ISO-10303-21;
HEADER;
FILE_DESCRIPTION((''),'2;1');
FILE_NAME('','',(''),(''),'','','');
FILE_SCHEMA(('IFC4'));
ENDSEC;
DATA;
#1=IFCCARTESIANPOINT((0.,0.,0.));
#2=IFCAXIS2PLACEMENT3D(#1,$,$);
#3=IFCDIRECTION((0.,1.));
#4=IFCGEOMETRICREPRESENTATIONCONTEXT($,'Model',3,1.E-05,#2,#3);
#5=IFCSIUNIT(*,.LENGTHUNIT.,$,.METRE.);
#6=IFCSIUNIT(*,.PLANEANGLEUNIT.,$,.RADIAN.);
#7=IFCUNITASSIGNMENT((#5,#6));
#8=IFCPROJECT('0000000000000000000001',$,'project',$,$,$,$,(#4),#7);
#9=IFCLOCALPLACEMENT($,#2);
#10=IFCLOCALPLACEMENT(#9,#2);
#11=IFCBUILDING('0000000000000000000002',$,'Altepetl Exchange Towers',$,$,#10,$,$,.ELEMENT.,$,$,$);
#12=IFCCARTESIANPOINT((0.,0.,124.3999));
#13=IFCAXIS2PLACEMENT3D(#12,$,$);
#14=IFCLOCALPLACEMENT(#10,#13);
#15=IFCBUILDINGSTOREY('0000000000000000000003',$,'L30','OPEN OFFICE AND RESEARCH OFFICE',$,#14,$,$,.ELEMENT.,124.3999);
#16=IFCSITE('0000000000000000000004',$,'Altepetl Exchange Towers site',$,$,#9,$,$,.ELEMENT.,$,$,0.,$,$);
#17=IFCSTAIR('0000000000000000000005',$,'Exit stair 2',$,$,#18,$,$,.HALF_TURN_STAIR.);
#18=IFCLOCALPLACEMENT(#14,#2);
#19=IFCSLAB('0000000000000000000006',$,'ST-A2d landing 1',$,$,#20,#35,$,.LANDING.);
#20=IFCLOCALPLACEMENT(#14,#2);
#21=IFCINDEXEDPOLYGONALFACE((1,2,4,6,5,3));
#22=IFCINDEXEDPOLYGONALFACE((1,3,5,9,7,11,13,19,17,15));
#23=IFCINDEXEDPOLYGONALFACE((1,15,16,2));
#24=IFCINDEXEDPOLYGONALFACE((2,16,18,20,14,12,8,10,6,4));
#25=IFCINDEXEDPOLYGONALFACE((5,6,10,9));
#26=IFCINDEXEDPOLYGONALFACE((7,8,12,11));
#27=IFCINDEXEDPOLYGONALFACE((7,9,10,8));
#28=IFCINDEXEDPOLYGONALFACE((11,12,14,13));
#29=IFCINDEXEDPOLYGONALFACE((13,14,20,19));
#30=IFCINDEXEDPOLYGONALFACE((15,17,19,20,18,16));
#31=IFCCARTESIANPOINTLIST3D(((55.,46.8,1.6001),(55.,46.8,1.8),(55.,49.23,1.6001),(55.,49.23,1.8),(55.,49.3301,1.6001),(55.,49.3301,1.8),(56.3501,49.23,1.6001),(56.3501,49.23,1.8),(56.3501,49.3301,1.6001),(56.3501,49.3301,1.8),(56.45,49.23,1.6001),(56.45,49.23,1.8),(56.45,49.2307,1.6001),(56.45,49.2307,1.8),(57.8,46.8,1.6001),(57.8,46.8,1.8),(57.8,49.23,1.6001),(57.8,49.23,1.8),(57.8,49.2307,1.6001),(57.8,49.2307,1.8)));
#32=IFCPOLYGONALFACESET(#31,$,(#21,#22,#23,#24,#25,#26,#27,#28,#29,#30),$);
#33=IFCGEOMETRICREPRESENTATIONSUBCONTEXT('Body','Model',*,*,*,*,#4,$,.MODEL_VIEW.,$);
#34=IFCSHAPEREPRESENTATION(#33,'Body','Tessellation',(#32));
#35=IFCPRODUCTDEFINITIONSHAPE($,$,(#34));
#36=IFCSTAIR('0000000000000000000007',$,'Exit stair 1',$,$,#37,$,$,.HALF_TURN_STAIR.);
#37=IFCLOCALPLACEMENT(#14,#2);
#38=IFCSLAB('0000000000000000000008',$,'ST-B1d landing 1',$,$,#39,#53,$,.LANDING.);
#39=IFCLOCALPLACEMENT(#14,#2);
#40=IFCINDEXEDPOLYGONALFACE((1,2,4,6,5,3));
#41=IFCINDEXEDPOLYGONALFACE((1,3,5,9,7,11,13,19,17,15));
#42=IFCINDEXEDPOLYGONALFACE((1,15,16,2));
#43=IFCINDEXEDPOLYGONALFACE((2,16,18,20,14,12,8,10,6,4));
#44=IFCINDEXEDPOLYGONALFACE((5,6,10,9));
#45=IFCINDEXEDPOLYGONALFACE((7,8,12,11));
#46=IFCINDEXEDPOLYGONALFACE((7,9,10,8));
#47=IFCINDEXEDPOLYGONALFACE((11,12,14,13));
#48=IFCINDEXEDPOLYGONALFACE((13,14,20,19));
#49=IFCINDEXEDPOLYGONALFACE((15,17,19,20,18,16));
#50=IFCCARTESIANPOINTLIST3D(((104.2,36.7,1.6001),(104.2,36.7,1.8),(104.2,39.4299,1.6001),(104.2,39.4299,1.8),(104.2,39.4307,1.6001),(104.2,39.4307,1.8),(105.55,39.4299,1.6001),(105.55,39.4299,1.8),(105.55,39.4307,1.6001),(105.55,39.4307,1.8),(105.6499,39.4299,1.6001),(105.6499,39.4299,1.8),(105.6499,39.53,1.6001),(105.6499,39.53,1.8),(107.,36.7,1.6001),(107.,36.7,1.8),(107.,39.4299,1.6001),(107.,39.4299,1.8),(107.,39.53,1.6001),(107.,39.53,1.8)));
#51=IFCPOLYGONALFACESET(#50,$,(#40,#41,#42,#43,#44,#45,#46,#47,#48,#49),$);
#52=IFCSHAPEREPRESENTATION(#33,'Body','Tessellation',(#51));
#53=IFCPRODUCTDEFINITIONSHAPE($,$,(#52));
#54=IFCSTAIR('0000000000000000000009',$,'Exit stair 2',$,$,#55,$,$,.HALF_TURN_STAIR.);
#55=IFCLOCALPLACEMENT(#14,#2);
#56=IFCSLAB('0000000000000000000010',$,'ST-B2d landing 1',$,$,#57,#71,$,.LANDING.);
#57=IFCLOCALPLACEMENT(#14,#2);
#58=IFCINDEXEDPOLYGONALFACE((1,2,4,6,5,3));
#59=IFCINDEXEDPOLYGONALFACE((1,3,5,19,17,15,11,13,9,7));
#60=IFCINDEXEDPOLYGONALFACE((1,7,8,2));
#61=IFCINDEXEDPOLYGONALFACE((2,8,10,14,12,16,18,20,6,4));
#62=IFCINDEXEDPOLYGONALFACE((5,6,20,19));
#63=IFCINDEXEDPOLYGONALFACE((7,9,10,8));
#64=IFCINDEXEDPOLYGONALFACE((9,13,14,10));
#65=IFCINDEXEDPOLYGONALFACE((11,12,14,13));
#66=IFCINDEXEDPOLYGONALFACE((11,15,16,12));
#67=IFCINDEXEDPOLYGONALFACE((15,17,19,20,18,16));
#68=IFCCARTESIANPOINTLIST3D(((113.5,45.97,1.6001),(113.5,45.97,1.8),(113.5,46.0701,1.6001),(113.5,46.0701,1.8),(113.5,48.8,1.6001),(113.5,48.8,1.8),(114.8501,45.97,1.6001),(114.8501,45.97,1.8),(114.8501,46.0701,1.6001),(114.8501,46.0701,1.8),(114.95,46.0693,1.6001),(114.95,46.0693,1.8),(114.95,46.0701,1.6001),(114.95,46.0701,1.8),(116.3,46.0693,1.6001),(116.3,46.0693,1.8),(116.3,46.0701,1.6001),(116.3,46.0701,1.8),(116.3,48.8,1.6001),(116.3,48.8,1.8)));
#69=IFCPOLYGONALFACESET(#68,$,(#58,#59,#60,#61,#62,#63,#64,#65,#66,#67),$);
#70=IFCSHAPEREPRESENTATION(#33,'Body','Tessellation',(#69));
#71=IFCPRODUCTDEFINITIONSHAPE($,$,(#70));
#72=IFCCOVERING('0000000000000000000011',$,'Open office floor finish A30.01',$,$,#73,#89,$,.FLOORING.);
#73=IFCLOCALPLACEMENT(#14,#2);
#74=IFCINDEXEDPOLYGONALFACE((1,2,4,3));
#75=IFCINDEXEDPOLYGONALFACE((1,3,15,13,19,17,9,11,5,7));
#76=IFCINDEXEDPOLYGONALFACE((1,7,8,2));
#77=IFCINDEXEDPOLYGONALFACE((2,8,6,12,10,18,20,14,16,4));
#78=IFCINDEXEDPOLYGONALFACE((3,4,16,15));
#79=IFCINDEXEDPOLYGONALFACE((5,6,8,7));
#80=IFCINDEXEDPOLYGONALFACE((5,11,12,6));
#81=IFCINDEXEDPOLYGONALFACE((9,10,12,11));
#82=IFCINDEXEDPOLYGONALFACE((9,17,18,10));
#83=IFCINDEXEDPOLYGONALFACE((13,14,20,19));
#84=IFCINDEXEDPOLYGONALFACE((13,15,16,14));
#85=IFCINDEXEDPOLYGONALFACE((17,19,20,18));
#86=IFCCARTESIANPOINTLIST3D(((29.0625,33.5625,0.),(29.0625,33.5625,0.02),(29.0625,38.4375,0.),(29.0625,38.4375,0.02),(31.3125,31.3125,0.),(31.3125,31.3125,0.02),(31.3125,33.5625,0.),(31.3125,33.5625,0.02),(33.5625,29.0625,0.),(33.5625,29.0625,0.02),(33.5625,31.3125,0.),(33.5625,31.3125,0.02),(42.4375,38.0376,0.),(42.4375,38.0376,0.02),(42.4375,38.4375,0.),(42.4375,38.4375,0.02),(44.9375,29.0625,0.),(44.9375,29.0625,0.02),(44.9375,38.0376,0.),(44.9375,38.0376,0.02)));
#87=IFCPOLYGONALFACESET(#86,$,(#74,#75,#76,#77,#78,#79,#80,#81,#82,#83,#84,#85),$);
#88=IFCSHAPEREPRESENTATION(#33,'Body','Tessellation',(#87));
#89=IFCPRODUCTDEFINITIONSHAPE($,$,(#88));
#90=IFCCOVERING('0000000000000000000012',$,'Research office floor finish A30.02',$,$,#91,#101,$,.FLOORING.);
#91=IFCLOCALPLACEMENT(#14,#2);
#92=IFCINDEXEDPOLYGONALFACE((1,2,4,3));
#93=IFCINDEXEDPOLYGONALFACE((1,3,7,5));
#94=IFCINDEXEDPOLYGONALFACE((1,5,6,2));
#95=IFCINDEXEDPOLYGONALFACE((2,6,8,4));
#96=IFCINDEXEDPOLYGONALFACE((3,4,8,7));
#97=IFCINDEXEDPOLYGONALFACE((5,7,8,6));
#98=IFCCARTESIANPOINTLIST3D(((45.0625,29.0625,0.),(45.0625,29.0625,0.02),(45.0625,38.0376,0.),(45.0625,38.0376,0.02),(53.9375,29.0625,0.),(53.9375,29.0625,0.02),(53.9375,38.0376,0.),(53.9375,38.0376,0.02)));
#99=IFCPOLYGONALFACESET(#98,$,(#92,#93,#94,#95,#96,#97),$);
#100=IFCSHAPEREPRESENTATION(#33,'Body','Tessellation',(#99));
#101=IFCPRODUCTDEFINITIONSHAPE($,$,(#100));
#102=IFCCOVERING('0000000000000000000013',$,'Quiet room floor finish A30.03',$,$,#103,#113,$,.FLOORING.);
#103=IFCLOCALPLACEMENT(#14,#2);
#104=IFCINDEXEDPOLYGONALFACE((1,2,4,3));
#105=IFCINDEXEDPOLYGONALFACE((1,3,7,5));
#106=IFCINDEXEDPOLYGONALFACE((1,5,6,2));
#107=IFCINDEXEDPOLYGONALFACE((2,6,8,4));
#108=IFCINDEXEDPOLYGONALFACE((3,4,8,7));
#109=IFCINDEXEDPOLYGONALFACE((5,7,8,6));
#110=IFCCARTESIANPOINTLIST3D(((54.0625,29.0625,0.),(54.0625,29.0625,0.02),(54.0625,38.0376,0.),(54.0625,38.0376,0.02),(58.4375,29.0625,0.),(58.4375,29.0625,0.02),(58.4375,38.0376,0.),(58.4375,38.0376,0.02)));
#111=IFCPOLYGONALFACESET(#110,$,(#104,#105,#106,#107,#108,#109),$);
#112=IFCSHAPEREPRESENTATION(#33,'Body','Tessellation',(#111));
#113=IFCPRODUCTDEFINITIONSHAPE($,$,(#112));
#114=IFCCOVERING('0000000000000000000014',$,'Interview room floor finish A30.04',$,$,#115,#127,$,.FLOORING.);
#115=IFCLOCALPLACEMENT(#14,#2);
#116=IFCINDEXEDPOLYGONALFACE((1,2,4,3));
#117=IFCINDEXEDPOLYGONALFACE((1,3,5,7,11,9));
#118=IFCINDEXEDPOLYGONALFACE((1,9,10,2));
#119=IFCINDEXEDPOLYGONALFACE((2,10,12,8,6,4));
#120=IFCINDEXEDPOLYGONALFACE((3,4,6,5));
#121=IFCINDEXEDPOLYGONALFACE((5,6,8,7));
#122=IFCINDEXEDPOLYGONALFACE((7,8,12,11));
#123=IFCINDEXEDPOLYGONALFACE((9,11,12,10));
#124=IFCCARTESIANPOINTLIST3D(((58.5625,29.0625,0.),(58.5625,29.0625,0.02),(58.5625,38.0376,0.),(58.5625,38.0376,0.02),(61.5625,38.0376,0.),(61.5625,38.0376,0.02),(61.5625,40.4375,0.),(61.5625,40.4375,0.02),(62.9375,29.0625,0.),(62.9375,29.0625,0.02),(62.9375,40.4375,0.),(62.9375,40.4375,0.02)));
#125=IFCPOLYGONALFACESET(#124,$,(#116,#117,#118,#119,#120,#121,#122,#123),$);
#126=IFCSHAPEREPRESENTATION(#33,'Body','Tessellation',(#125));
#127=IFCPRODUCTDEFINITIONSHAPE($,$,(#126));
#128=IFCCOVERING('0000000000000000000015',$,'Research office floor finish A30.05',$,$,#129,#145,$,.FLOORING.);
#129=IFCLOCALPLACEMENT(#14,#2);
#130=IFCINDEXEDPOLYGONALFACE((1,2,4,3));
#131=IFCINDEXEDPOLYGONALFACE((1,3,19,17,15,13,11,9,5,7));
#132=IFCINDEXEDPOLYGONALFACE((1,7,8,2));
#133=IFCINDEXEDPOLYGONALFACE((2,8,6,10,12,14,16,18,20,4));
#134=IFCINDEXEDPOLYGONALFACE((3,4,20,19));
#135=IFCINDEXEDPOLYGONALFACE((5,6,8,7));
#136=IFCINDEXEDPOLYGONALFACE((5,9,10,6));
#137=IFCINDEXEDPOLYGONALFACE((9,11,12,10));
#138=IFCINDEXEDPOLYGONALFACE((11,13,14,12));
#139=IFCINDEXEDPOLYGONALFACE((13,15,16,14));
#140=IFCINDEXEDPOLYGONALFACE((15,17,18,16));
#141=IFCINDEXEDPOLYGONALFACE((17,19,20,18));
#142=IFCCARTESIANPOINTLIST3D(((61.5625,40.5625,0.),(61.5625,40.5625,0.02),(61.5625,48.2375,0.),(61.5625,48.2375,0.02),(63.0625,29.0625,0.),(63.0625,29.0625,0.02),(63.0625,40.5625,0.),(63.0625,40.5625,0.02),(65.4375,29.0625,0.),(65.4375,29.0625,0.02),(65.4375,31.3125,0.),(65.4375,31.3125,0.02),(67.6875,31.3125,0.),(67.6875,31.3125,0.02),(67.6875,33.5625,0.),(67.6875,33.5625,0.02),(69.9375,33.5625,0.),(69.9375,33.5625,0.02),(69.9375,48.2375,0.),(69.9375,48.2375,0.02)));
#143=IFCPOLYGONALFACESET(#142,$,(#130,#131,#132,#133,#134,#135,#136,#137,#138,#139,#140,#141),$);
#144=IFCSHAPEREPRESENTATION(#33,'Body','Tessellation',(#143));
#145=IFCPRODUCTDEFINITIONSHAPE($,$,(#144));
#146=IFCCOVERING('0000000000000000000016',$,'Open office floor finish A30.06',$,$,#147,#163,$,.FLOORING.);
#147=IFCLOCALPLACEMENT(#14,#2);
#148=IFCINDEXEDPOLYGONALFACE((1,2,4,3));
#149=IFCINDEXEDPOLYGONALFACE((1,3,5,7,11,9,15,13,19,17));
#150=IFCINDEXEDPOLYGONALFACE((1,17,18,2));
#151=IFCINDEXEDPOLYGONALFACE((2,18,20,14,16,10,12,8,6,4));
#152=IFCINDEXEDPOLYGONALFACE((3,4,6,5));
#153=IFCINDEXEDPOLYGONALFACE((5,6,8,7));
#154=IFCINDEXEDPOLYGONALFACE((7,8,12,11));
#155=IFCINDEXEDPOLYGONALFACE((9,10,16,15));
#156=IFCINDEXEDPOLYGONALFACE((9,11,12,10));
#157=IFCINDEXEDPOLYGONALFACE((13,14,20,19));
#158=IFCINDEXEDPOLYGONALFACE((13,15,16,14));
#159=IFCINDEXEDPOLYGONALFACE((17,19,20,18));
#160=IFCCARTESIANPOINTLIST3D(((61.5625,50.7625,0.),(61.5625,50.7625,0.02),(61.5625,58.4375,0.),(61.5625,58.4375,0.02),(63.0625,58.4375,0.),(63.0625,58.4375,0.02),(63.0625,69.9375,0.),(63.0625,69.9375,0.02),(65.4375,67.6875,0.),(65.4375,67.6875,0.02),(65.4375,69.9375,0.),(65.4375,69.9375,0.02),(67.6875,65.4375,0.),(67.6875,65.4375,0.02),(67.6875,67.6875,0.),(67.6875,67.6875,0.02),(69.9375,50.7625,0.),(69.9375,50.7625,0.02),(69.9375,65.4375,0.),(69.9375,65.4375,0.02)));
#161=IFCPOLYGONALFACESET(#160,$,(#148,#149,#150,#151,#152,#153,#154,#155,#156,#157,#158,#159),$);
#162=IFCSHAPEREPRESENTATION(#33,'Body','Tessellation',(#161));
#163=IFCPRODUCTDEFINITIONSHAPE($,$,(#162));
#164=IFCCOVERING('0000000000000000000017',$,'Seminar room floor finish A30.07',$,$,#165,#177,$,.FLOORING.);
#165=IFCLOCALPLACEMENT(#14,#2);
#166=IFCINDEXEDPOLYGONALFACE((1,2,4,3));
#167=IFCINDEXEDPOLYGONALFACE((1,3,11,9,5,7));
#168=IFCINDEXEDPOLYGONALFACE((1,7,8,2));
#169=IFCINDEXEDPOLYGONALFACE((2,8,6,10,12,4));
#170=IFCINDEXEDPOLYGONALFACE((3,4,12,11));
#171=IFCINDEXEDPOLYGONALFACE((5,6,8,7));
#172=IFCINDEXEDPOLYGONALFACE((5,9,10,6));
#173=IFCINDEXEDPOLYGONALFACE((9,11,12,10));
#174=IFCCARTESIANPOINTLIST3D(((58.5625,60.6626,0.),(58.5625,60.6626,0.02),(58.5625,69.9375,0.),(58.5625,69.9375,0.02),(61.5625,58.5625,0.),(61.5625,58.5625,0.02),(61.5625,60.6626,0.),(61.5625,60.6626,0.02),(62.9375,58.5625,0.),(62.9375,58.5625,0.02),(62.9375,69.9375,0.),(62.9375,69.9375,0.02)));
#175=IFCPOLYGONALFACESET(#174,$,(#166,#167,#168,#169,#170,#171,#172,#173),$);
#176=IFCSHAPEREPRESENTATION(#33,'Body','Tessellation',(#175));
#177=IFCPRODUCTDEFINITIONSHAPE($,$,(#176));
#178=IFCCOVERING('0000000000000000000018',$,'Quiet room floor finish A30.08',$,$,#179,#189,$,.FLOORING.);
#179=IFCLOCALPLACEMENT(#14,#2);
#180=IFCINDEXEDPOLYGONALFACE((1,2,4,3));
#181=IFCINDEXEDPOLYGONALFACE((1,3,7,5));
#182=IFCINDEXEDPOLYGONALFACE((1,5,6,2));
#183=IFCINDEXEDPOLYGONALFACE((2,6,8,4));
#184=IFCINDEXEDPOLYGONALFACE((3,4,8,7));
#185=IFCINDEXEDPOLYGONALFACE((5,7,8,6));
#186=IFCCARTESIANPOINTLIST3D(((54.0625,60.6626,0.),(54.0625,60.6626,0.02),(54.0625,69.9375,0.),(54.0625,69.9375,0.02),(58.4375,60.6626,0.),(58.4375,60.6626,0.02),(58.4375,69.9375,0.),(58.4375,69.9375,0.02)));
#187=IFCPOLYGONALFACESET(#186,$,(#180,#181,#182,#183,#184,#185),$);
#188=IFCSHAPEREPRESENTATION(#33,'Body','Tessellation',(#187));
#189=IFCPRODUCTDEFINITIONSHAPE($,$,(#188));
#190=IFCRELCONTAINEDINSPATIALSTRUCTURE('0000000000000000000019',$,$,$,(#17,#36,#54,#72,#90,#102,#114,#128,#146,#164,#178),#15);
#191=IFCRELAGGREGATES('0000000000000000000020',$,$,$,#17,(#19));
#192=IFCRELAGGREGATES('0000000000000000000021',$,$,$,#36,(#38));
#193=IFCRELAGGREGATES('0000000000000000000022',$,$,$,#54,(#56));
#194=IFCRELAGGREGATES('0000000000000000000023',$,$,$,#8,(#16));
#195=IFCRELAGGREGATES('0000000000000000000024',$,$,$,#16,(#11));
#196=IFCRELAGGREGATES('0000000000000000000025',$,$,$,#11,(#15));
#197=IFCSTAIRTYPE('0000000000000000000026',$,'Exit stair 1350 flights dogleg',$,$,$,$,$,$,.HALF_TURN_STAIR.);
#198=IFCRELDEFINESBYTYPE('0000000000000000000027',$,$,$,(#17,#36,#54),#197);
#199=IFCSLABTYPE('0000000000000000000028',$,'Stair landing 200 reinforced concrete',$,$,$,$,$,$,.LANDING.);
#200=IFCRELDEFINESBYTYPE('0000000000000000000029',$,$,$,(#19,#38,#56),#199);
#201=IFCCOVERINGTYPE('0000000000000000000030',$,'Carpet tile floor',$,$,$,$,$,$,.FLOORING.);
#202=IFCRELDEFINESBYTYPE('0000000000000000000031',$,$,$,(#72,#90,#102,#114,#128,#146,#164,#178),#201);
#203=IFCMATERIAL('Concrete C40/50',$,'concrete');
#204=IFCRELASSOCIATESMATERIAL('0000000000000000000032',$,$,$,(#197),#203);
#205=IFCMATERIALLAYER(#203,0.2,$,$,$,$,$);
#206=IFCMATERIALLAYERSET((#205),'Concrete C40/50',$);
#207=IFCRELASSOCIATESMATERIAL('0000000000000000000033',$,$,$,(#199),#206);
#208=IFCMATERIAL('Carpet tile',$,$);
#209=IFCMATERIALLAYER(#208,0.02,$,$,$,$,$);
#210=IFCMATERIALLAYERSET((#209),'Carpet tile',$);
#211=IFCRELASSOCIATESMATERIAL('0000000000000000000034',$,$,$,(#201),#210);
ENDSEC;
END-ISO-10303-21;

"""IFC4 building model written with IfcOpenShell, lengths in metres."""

from ifc_helpers import new_model, si_unit, direction, frame, origin, place, context, subcontext, project, spatial, polyline, outline, extrude, material, layer, layer_set, type_object, element, aggregate, save


model = new_model("IFC4")

# Units and contexts
model_context = context("Model", 3, precision=1e-05, world=origin(), true_north=direction((0.0, 1.0)))
body_context = subcontext(model_context, "Body", "Model", "MODEL_VIEW")
ifc_project = project(units=[si_unit("LENGTHUNIT", "METRE"), si_unit("PLANEANGLEUNIT", "RADIAN")], contexts=[model_context])

# Site, building, storey
site_placement = place(None, origin())
site = spatial("IfcSite", under=ifc_project, at=site_placement, Name="Altepetl Exchange Towers site", CompositionType="ELEMENT", RefElevation=0.0)
building_placement = place(site_placement, origin())
building = spatial("IfcBuilding", under=site, at=building_placement, Name="Altepetl Exchange Towers", CompositionType="ELEMENT")
storey_placement = place(building_placement, frame((0.0, 0.0, 124.3999)))
storey = spatial("IfcBuildingStorey", under=building, at=storey_placement, Name="L30", Description="OPEN OFFICE AND RESEARCH OFFICE", CompositionType="ELEMENT", Elevation=124.3999)

# Shared definitions
ifc_material_1 = material(Name="Concrete C40/50", Category="concrete")

# Stairs, slabs
stair_type = type_object("IfcStairType", Name="Exit stair 1350 flights dogleg", PredefinedType="HALF_TURN_STAIR", material=ifc_material_1)
ifc_layer_1 = layer(ifc_material_1, 0.2)
ifc_layer_set_1 = layer_set([ifc_layer_1], Name="Concrete C40/50")
slab_type_1 = type_object("IfcSlabType", Name="Stair landing 200 reinforced concrete", PredefinedType="LANDING", material=ifc_layer_set_1)
stair_1_placement = place(storey_placement, origin())
stair_1 = element("IfcStair", 1, at=stair_1_placement, inside=storey, type_object=stair_type, Name="Exit stair 2", PredefinedType="HALF_TURN_STAIR")
slab_1_placement = place(storey_placement, frame((0.0, 0.0, 1.6001)))
slab_1 = element("IfcSlab", 2, at=slab_1_placement, type_object=slab_type_1, Name="ST-A2d landing 1", PredefinedType="LANDING", context=body_context, shape_type="SweptSolid", body=[
    extrude(outline(polyline([(57.8, 46.8), (55.0, 46.8), (55.0, 49.23), (55.0, 49.3301), (56.3501, 49.3301), (56.3501, 49.23), (56.45, 49.23), (56.45, 49.2307), (57.8, 49.2307), (57.8, 49.23), (57.8, 46.8)])), origin(), (0.0, 0.0, 1.0), 0.2),
])
aggregate(stair_1, [slab_1])
stair_2_placement = place(storey_placement, origin())
stair_2 = element("IfcStair", 3, at=stair_2_placement, inside=storey, type_object=stair_type, Name="Exit stair 1", PredefinedType="HALF_TURN_STAIR")
slab_2_placement = place(storey_placement, frame((0.0, 0.0, 1.6001)))
slab_2 = element("IfcSlab", 4, at=slab_2_placement, type_object=slab_type_1, Name="ST-B1d landing 1", PredefinedType="LANDING", context=body_context, shape_type="SweptSolid", body=[
    extrude(outline(polyline([(107.0, 36.7), (104.2, 36.7), (104.2, 39.4299), (104.2, 39.4307), (105.55, 39.4307), (105.55, 39.4299), (105.6499, 39.4299), (105.6499, 39.53), (107.0, 39.53), (107.0, 39.4299), (107.0, 36.7)])), origin(), (0.0, 0.0, 1.0), 0.2),
])
aggregate(stair_2, [slab_2])
stair_3_placement = place(storey_placement, origin())
stair_3 = element("IfcStair", 5, at=stair_3_placement, inside=storey, type_object=stair_type, Name="Exit stair 2", PredefinedType="HALF_TURN_STAIR")
slab_3_placement = place(storey_placement, frame((0.0, 0.0, 1.6001)))
slab_3 = element("IfcSlab", 6, at=slab_3_placement, type_object=slab_type_1, Name="ST-B2d landing 1", PredefinedType="LANDING", context=body_context, shape_type="SweptSolid", body=[
    extrude(outline(polyline([(114.8501, 45.97), (113.5, 45.97), (113.5, 46.0701), (113.5, 48.8), (116.3, 48.8), (116.3, 46.0701), (116.3, 46.0693), (114.95, 46.0693), (114.95, 46.0701), (114.8501, 46.0701), (114.8501, 45.97)])), origin(), (0.0, 0.0, 1.0), 0.2),
])
aggregate(stair_3, [slab_3])

# Coverings
ifc_material_2 = material(Name="Carpet tile")
ifc_layer_2 = layer(ifc_material_2, 0.02)
ifc_layer_set_2 = layer_set([ifc_layer_2], Name="Carpet tile")
covering_type_1 = type_object("IfcCoveringType", Name="Carpet tile floor", PredefinedType="FLOORING", material=ifc_layer_set_2)
covering_1_placement = place(storey_placement, origin())
element("IfcCovering", 7, at=covering_1_placement, inside=storey, type_object=covering_type_1, Name="Open office floor finish A30.01", PredefinedType="FLOORING", context=body_context, shape_type="SweptSolid", body=[
    extrude(outline(polyline([(33.5625, 29.0625), (44.9375, 29.0625), (44.9375, 38.0376), (42.4375, 38.0376), (42.4375, 38.4375), (29.0625, 38.4375), (29.0625, 33.5625), (31.3125, 33.5625), (31.3125, 31.3125), (33.5625, 31.3125), (33.5625, 29.0625)])), origin(), (0.0, 0.0, 1.0), 0.02),
])
covering_2_placement = place(storey_placement, origin())
element("IfcCovering", 8, at=covering_2_placement, inside=storey, type_object=covering_type_1, Name="Research office floor finish A30.02", PredefinedType="FLOORING", context=body_context, shape_type="SweptSolid", body=[
    extrude(outline(polyline([(53.9375, 29.0625), (53.9375, 38.0376), (45.0625, 38.0376), (45.0625, 29.0625), (53.9375, 29.0625)])), origin(), (0.0, 0.0, 1.0), 0.02),
])
covering_3_placement = place(storey_placement, origin())
element("IfcCovering", 9, at=covering_3_placement, inside=storey, type_object=covering_type_1, Name="Quiet room floor finish A30.03", PredefinedType="FLOORING", context=body_context, shape_type="SweptSolid", body=[
    extrude(outline(polyline([(58.4375, 29.0625), (58.4375, 38.0376), (54.0625, 38.0376), (54.0625, 29.0625), (58.4375, 29.0625)])), origin(), (0.0, 0.0, 1.0), 0.02),
])
covering_4_placement = place(storey_placement, origin())
element("IfcCovering", 10, at=covering_4_placement, inside=storey, type_object=covering_type_1, Name="Interview room floor finish A30.04", PredefinedType="FLOORING", context=body_context, shape_type="SweptSolid", body=[
    extrude(outline(polyline([(62.9375, 29.0625), (62.9375, 40.4375), (61.5625, 40.4375), (61.5625, 38.0376), (58.5625, 38.0376), (58.5625, 29.0625), (62.9375, 29.0625)])), origin(), (0.0, 0.0, 1.0), 0.02),
])
covering_5_placement = place(storey_placement, origin())
element("IfcCovering", 11, at=covering_5_placement, inside=storey, type_object=covering_type_1, Name="Research office floor finish A30.05", PredefinedType="FLOORING", context=body_context, shape_type="SweptSolid", body=[
    extrude(outline(polyline([(67.6875, 31.3125), (67.6875, 33.5625), (69.9375, 33.5625), (69.9375, 48.2375), (61.5625, 48.2375), (61.5625, 40.5625), (63.0625, 40.5625), (63.0625, 29.0625), (65.4375, 29.0625), (65.4375, 31.3125), (67.6875, 31.3125)])), origin(), (0.0, 0.0, 1.0), 0.02),
])
covering_6_placement = place(storey_placement, origin())
element("IfcCovering", 12, at=covering_6_placement, inside=storey, type_object=covering_type_1, Name="Open office floor finish A30.06", PredefinedType="FLOORING", context=body_context, shape_type="SweptSolid", body=[
    extrude(outline(polyline([(61.5625, 50.7625), (69.9375, 50.7625), (69.9375, 65.4375), (67.6875, 65.4375), (67.6875, 67.6875), (65.4375, 67.6875), (65.4375, 69.9375), (63.0625, 69.9375), (63.0625, 58.4375), (61.5625, 58.4375), (61.5625, 50.7625)])), origin(), (0.0, 0.0, 1.0), 0.02),
])
covering_7_placement = place(storey_placement, origin())
element("IfcCovering", 13, at=covering_7_placement, inside=storey, type_object=covering_type_1, Name="Seminar room floor finish A30.07", PredefinedType="FLOORING", context=body_context, shape_type="SweptSolid", body=[
    extrude(outline(polyline([(61.5625, 58.5625), (62.9375, 58.5625), (62.9375, 69.9375), (58.5625, 69.9375), (58.5625, 60.6626), (61.5625, 60.6626), (61.5625, 58.5625)])), origin(), (0.0, 0.0, 1.0), 0.02),
])
covering_8_placement = place(storey_placement, origin())
element("IfcCovering", 14, at=covering_8_placement, inside=storey, type_object=covering_type_1, Name="Quiet room floor finish A30.08", PredefinedType="FLOORING", context=body_context, shape_type="SweptSolid", body=[
    extrude(outline(polyline([(58.4375, 60.6626), (58.4375, 69.9375), (54.0625, 69.9375), (54.0625, 60.6626), (58.4375, 60.6626)])), origin(), (0.0, 0.0, 1.0), 0.02),
])

save(model, "model.ifc")
